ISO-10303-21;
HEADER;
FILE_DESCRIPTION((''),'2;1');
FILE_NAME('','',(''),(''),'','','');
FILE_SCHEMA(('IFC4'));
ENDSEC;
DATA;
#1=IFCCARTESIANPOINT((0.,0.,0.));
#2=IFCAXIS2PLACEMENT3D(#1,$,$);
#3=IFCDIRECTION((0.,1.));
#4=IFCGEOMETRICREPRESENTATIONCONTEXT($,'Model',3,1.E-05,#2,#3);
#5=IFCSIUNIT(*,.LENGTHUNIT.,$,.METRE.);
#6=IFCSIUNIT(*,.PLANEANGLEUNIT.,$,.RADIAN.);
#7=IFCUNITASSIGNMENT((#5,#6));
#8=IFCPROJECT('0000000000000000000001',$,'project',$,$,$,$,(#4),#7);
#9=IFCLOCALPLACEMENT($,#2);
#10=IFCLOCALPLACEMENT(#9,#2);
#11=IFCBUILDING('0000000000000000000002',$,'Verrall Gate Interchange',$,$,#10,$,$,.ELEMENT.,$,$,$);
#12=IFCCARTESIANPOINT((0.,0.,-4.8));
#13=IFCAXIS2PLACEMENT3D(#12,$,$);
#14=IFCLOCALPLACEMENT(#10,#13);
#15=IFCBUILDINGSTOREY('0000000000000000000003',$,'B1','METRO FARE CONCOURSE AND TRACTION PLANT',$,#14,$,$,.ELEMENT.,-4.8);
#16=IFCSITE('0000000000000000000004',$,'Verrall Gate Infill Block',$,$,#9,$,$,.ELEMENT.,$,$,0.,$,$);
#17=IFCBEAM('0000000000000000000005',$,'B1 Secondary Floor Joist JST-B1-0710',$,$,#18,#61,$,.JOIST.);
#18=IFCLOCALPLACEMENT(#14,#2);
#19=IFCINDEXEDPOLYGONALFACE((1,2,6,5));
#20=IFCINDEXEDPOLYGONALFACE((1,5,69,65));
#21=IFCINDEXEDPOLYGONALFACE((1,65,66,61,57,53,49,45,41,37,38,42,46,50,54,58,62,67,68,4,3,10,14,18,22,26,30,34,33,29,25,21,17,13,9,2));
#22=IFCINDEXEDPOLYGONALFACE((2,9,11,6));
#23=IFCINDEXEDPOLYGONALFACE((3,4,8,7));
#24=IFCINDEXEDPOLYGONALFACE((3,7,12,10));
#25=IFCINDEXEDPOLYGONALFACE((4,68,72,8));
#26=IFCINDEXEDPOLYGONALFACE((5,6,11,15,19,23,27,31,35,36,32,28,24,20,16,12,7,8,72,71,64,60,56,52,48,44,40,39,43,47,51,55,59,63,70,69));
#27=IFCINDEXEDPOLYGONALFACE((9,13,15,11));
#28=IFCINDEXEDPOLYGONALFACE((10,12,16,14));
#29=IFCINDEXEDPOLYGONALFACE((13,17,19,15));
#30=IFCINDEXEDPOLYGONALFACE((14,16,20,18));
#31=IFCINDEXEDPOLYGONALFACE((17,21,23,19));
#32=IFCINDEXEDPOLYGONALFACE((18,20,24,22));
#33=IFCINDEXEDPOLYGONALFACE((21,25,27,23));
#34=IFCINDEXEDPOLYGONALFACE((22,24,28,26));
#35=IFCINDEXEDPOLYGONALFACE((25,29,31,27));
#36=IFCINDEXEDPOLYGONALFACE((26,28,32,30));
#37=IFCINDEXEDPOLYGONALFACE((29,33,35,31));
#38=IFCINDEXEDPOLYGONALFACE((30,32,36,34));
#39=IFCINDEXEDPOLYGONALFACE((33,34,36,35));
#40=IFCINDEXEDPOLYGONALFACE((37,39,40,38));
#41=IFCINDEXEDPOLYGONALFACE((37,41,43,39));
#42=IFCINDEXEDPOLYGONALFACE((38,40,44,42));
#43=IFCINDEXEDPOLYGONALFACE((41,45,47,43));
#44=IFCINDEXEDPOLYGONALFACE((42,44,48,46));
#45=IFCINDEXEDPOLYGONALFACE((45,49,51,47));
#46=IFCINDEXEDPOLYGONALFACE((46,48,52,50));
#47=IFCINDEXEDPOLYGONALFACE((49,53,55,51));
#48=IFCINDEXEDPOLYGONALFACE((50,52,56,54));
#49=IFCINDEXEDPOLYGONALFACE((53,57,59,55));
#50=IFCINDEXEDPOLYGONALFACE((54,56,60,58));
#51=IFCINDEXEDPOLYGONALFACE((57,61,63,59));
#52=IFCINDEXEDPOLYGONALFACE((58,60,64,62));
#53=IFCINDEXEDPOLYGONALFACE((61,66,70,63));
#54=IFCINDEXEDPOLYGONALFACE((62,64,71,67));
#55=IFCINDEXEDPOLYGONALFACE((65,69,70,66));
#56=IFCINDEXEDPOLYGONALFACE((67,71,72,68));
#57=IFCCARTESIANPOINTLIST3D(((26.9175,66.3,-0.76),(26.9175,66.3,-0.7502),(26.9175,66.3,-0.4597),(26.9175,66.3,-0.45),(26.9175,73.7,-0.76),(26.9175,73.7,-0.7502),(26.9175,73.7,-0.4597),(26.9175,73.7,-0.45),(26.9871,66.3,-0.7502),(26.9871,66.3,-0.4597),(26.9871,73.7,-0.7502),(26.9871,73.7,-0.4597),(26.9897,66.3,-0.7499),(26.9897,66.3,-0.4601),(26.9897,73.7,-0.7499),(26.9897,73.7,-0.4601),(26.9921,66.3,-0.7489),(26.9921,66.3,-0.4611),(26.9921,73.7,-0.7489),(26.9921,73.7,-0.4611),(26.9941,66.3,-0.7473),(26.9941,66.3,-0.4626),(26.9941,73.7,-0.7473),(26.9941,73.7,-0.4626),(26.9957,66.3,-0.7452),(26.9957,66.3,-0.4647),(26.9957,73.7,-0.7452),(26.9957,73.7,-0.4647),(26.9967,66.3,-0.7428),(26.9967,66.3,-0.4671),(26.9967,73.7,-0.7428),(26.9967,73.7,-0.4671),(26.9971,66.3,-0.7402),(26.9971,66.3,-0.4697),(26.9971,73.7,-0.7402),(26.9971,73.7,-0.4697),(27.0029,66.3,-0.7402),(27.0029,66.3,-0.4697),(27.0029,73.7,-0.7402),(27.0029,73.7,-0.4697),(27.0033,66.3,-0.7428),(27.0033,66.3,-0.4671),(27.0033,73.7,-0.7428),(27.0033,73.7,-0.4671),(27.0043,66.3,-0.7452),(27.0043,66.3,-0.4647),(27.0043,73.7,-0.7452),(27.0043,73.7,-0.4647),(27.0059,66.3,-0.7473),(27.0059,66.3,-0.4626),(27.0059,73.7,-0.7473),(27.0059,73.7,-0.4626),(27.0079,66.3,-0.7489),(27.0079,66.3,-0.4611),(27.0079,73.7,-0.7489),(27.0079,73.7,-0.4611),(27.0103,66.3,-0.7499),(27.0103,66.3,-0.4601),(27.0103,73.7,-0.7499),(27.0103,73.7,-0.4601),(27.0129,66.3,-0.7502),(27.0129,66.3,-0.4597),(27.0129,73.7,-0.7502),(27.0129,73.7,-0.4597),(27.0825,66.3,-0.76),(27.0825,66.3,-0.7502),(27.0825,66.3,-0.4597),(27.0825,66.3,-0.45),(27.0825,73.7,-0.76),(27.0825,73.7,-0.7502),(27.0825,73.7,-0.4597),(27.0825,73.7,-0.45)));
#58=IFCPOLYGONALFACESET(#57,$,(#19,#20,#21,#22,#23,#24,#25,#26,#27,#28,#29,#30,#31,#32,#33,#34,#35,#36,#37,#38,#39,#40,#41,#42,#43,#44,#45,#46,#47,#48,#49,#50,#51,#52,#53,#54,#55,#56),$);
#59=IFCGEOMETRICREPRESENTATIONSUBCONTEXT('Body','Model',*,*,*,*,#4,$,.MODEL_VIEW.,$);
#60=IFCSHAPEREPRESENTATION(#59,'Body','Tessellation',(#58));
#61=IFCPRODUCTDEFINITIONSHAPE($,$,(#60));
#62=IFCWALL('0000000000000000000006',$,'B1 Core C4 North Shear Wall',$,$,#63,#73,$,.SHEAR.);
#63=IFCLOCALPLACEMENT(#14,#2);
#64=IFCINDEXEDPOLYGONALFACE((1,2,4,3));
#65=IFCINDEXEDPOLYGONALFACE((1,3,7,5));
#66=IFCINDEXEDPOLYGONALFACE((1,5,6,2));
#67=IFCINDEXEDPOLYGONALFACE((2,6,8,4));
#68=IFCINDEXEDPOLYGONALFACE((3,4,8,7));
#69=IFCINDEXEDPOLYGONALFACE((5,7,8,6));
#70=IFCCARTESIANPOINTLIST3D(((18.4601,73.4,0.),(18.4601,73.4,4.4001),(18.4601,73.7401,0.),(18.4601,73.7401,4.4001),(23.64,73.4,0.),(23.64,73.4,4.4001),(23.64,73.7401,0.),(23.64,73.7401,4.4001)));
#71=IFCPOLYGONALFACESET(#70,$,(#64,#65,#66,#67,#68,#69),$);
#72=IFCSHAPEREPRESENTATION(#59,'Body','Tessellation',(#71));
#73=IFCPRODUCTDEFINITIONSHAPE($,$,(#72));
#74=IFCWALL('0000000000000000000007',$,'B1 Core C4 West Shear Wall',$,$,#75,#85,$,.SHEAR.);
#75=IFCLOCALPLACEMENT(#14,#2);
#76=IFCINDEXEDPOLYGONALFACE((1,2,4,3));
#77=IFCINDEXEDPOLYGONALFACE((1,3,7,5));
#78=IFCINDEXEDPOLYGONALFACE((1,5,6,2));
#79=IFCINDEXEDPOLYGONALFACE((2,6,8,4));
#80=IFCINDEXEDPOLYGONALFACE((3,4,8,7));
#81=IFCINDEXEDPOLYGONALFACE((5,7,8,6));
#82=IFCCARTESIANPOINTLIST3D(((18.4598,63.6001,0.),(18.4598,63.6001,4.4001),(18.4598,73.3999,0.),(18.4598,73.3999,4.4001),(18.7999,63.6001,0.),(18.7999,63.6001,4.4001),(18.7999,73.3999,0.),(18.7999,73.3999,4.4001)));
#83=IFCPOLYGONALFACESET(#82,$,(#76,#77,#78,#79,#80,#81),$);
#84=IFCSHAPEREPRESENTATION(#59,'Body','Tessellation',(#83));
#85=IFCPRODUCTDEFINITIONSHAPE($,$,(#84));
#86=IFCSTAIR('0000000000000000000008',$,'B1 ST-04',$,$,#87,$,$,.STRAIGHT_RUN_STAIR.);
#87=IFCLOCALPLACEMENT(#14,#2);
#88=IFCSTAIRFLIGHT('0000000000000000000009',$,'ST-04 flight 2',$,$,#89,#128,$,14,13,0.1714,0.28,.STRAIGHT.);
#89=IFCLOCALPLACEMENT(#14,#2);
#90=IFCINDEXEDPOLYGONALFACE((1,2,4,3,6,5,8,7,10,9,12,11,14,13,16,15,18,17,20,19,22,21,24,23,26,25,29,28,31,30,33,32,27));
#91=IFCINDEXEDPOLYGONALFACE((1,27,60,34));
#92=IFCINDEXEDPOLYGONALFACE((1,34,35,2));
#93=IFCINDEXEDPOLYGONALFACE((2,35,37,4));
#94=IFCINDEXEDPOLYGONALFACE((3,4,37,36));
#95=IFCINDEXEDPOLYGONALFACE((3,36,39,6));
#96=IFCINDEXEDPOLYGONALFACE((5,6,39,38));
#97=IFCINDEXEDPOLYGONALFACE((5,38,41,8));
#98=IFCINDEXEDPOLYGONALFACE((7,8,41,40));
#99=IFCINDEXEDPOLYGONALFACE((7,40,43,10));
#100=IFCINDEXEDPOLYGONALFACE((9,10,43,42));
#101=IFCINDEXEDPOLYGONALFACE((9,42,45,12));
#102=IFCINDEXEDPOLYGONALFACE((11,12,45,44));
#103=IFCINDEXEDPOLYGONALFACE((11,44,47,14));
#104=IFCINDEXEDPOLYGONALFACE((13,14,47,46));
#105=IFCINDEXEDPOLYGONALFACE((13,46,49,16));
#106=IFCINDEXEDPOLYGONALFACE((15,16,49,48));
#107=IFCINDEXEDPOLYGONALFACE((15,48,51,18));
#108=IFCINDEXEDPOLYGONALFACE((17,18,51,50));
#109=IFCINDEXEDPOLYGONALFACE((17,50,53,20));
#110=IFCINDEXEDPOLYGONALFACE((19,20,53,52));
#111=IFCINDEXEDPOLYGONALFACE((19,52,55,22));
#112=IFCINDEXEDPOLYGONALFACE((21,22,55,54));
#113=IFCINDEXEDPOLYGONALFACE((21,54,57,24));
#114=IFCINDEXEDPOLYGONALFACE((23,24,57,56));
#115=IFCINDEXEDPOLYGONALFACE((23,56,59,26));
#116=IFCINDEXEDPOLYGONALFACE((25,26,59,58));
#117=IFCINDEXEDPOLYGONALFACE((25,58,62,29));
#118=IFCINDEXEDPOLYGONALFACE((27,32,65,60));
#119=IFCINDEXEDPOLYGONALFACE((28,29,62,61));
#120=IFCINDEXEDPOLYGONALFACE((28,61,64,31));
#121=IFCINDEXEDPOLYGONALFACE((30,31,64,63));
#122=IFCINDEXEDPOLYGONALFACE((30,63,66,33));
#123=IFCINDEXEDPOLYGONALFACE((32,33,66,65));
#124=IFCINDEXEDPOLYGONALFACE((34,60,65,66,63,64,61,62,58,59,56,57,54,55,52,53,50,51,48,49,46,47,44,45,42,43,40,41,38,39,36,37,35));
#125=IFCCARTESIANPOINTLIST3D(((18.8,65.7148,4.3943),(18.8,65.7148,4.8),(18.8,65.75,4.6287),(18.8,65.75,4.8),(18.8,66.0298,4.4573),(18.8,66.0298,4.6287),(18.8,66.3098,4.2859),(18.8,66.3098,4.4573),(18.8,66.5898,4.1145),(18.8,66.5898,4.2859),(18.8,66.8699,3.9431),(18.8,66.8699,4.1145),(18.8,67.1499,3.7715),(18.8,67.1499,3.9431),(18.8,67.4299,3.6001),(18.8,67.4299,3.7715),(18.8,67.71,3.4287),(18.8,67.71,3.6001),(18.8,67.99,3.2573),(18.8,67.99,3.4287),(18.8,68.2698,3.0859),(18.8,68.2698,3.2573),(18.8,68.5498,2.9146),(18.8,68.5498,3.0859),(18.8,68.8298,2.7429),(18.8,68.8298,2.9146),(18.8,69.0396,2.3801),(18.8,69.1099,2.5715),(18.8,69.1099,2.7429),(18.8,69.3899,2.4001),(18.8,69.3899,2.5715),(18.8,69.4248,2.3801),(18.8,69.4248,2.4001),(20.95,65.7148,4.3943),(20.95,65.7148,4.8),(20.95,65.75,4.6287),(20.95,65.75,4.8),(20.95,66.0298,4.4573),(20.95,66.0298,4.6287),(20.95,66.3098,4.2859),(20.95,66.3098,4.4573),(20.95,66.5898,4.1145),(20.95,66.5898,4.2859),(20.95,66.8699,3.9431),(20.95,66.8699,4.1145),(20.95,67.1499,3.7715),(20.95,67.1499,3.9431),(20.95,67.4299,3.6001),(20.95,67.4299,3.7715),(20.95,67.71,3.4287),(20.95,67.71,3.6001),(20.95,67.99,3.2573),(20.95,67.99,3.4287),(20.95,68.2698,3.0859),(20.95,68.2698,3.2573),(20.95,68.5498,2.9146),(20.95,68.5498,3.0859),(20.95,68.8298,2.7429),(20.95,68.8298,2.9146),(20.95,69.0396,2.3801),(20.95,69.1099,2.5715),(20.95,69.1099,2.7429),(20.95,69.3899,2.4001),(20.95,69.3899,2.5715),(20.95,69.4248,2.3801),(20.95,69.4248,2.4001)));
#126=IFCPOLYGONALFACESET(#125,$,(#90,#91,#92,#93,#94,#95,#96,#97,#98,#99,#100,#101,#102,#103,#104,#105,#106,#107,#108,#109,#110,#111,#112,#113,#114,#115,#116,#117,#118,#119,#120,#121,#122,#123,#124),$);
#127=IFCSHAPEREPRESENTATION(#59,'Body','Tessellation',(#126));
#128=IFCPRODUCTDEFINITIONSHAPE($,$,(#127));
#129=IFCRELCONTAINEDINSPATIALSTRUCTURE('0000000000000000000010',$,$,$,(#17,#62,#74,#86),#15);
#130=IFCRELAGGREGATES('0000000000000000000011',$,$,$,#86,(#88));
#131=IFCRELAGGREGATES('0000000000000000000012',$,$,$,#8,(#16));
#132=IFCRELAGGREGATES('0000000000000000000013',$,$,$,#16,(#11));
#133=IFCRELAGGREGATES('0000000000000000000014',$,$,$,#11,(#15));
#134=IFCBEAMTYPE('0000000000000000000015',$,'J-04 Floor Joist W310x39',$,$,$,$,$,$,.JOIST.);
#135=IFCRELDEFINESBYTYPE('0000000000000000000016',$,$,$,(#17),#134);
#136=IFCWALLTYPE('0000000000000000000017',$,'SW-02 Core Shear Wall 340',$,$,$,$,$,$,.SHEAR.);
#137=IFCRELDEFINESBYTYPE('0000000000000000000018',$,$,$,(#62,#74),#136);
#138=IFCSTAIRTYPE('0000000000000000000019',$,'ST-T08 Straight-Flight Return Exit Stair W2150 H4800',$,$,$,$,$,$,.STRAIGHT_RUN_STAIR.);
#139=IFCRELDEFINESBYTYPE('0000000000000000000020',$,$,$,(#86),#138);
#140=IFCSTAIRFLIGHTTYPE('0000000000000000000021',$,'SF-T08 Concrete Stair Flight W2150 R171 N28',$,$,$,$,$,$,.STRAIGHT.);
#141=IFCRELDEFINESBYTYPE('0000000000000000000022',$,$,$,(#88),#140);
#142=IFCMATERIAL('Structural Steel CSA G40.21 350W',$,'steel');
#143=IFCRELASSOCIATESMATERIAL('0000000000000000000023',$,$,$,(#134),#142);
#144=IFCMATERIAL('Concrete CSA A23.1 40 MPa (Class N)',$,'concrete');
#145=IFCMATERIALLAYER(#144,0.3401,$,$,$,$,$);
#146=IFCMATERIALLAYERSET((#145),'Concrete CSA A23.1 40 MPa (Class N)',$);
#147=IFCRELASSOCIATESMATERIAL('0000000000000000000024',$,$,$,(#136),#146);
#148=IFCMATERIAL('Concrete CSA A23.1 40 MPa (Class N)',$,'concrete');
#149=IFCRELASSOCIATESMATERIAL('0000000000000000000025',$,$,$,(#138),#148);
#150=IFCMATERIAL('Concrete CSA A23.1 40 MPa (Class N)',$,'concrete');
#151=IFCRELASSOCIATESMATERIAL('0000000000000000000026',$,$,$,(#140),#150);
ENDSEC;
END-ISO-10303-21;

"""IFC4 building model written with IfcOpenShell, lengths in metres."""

from ifc_helpers import new_model, si_unit, direction, frame, frame_2d, origin, origin_2d, place, context, subcontext, project, spatial, polyline, rectangle, i_section, outline, extrude, material, layer, layer_set, material_profile, profile_set, type_object, element, aggregate, save


model = new_model("IFC4")

# Units and contexts
model_context = context("Model", 3, precision=1e-05, world=origin(), true_north=direction((0.0, 1.0)))
body_context = subcontext(model_context, "Body", "Model", "MODEL_VIEW")
ifc_project = project(units=[si_unit("LENGTHUNIT", "METRE"), si_unit("PLANEANGLEUNIT", "RADIAN")], contexts=[model_context])

# Site, building, storey
site_placement = place(None, origin())
site = spatial("IfcSite", under=ifc_project, at=site_placement, Name="Verrall Gate Infill Block", CompositionType="ELEMENT", RefElevation=0.0)
building_placement = place(site_placement, origin())
building = spatial("IfcBuilding", under=site, at=building_placement, Name="Verrall Gate Interchange", CompositionType="ELEMENT")
storey_placement = place(building_placement, frame((0.0, 0.0, -4.8)))
storey = spatial("IfcBuildingStorey", under=building, at=storey_placement, Name="B1", Description="METRO FARE CONCOURSE AND TRACTION PLANT", CompositionType="ELEMENT", Elevation=-4.8)

# Beam
ifc_material_1 = material(Name="Structural Steel CSA G40.21 350W", Category="steel")
ifc_material_profile_1 = material_profile(ifc_material_1, i_section(OverallWidth=0.165, OverallDepth=0.3101, WebThickness=0.0059, FlangeThickness=0.0098, FilletRadius=0.01, at=origin_2d()), Name="W310x39")
ifc_profile_set_1 = profile_set([ifc_material_profile_1], Name="Structural Steel CSA G40.21 350W")
beam_type_1 = type_object("IfcBeamType", Name="J-04 Floor Joist W310x39", PredefinedType="JOIST", material=ifc_profile_set_1)
beam_1_placement = place(storey_placement, frame((27.0, 66.3, -0.605), z_axis=(0.0, 1.0, 0.0), x_axis=(-1.0, 0.0, 0.0)))
element("IfcBeam", 1, at=beam_1_placement, inside=storey, type_object=beam_type_1, Name="B1 Secondary Floor Joist JST-B1-0710", PredefinedType="JOIST", context=body_context, shape_type="SweptSolid", body=[
    extrude(i_section(OverallWidth=0.165, OverallDepth=0.3101, WebThickness=0.0059, FlangeThickness=0.0098, FilletRadius=0.01, at=origin_2d()), origin(), (0.0, 0.0, 1.0), 7.3999),
])

# Walls
ifc_material_2 = material(Name="Concrete CSA A23.1 40 MPa (Class N)", Category="concrete")
ifc_layer = layer(ifc_material_2, 0.3401)
ifc_layer_set = layer_set([ifc_layer], Name="Concrete CSA A23.1 40 MPa (Class N)")
wall_type = type_object("IfcWallType", Name="SW-02 Core Shear Wall 340", PredefinedType="SHEAR", material=ifc_layer_set)
wall_1_placement = place(storey_placement, frame((23.6399, 73.5701, 0.0), z_axis=(0.0, 0.0, 1.0), x_axis=(-1.0, 0.0, 0.0)))
element("IfcWall", 2, at=wall_1_placement, inside=storey, type_object=wall_type, Name="B1 Core C4 North Shear Wall", PredefinedType="SHEAR", context=body_context, shape_type="SweptSolid", body=[
    extrude(rectangle(XDim=5.1799, YDim=0.3401, at=frame_2d((2.5898, 0.0))), origin(), (0.0, 0.0, 1.0), 4.4001),
])
wall_2_placement = place(storey_placement, frame((18.6299, 73.3999, 0.0), z_axis=(0.0, 0.0, 1.0), x_axis=(0.0, -1.0, 0.0)))
element("IfcWall", 3, at=wall_2_placement, inside=storey, type_object=wall_type, Name="B1 Core C4 West Shear Wall", PredefinedType="SHEAR", context=body_context, shape_type="SweptSolid", body=[
    extrude(rectangle(XDim=9.7998, YDim=0.3401, at=frame_2d((4.8999, 0.0))), origin(), (0.0, 0.0, 1.0), 4.4001),
])

# Stair, stair flight
ifc_material_3 = material(Name="Concrete CSA A23.1 40 MPa (Class N)", Category="concrete")
stair_type = type_object("IfcStairType", Name="ST-T08 Straight-Flight Return Exit Stair W2150 H4800", PredefinedType="STRAIGHT_RUN_STAIR", material=ifc_material_3)
stair_placement = place(storey_placement, origin())
stair = element("IfcStair", 4, at=stair_placement, inside=storey, type_object=stair_type, Name="B1 ST-04", PredefinedType="STRAIGHT_RUN_STAIR")
ifc_material_4 = material(Name="Concrete CSA A23.1 40 MPa (Class N)", Category="concrete")
stair_flight_type = type_object("IfcStairFlightType", Name="SF-T08 Concrete Stair Flight W2150 R171 N28", PredefinedType="STRAIGHT", material=ifc_material_4)
stair_flight_placement = place(storey_placement, frame((19.875, 69.3899, 2.4001), z_axis=(0.0, 0.0, 1.0), x_axis=(0.0, -1.0, 0.0)))
stair_flight = element("IfcStairFlight", 5, at=stair_flight_placement, type_object=stair_flight_type, Name="ST-04 flight 2", NumberOfRisers=14, NumberOfTreads=13, PredefinedType="STRAIGHT", RiserHeight=0.1714, TreadLength=0.28, context=body_context, shape_type="SweptSolid", body=[
    extrude(outline(polyline([(-0.0349, -0.02), (-0.0349, 0.0), (0.0, 0.0), (0.0, 0.1714), (0.28, 0.1714), (0.28, 0.3428), (0.5601, 0.3428), (0.5601, 0.5144), (0.8401, 0.5144), (0.8401, 0.6858), (1.1201, 0.6858), (1.1201, 0.8572), (1.3999, 0.8572), (1.3999, 1.0286), (1.6799, 1.0286), (1.6799, 1.2), (1.96, 1.2), (1.96, 1.3713), (2.24, 1.3713), (2.24, 1.543), (2.52, 1.543), (2.52, 1.7144), (2.8, 1.7144), (2.8, 1.8857), (3.0801, 1.8857), (3.0801, 2.0571), (3.3601, 2.0571), (3.3601, 2.2285), (3.6399, 2.2285), (3.6399, 2.3999), (3.675, 2.3999), (3.675, 1.9941), (0.3503, -0.02), (-0.0349, -0.02)])), frame((0.0, 1.075, 0.0), z_axis=(0.0, -1.0, 0.0), x_axis=(1.0, 0.0, 0.0)), (0.0, 0.0, 1.0), 2.1499),
])
aggregate(stair, [stair_flight])

save(model, "model.ifc")
